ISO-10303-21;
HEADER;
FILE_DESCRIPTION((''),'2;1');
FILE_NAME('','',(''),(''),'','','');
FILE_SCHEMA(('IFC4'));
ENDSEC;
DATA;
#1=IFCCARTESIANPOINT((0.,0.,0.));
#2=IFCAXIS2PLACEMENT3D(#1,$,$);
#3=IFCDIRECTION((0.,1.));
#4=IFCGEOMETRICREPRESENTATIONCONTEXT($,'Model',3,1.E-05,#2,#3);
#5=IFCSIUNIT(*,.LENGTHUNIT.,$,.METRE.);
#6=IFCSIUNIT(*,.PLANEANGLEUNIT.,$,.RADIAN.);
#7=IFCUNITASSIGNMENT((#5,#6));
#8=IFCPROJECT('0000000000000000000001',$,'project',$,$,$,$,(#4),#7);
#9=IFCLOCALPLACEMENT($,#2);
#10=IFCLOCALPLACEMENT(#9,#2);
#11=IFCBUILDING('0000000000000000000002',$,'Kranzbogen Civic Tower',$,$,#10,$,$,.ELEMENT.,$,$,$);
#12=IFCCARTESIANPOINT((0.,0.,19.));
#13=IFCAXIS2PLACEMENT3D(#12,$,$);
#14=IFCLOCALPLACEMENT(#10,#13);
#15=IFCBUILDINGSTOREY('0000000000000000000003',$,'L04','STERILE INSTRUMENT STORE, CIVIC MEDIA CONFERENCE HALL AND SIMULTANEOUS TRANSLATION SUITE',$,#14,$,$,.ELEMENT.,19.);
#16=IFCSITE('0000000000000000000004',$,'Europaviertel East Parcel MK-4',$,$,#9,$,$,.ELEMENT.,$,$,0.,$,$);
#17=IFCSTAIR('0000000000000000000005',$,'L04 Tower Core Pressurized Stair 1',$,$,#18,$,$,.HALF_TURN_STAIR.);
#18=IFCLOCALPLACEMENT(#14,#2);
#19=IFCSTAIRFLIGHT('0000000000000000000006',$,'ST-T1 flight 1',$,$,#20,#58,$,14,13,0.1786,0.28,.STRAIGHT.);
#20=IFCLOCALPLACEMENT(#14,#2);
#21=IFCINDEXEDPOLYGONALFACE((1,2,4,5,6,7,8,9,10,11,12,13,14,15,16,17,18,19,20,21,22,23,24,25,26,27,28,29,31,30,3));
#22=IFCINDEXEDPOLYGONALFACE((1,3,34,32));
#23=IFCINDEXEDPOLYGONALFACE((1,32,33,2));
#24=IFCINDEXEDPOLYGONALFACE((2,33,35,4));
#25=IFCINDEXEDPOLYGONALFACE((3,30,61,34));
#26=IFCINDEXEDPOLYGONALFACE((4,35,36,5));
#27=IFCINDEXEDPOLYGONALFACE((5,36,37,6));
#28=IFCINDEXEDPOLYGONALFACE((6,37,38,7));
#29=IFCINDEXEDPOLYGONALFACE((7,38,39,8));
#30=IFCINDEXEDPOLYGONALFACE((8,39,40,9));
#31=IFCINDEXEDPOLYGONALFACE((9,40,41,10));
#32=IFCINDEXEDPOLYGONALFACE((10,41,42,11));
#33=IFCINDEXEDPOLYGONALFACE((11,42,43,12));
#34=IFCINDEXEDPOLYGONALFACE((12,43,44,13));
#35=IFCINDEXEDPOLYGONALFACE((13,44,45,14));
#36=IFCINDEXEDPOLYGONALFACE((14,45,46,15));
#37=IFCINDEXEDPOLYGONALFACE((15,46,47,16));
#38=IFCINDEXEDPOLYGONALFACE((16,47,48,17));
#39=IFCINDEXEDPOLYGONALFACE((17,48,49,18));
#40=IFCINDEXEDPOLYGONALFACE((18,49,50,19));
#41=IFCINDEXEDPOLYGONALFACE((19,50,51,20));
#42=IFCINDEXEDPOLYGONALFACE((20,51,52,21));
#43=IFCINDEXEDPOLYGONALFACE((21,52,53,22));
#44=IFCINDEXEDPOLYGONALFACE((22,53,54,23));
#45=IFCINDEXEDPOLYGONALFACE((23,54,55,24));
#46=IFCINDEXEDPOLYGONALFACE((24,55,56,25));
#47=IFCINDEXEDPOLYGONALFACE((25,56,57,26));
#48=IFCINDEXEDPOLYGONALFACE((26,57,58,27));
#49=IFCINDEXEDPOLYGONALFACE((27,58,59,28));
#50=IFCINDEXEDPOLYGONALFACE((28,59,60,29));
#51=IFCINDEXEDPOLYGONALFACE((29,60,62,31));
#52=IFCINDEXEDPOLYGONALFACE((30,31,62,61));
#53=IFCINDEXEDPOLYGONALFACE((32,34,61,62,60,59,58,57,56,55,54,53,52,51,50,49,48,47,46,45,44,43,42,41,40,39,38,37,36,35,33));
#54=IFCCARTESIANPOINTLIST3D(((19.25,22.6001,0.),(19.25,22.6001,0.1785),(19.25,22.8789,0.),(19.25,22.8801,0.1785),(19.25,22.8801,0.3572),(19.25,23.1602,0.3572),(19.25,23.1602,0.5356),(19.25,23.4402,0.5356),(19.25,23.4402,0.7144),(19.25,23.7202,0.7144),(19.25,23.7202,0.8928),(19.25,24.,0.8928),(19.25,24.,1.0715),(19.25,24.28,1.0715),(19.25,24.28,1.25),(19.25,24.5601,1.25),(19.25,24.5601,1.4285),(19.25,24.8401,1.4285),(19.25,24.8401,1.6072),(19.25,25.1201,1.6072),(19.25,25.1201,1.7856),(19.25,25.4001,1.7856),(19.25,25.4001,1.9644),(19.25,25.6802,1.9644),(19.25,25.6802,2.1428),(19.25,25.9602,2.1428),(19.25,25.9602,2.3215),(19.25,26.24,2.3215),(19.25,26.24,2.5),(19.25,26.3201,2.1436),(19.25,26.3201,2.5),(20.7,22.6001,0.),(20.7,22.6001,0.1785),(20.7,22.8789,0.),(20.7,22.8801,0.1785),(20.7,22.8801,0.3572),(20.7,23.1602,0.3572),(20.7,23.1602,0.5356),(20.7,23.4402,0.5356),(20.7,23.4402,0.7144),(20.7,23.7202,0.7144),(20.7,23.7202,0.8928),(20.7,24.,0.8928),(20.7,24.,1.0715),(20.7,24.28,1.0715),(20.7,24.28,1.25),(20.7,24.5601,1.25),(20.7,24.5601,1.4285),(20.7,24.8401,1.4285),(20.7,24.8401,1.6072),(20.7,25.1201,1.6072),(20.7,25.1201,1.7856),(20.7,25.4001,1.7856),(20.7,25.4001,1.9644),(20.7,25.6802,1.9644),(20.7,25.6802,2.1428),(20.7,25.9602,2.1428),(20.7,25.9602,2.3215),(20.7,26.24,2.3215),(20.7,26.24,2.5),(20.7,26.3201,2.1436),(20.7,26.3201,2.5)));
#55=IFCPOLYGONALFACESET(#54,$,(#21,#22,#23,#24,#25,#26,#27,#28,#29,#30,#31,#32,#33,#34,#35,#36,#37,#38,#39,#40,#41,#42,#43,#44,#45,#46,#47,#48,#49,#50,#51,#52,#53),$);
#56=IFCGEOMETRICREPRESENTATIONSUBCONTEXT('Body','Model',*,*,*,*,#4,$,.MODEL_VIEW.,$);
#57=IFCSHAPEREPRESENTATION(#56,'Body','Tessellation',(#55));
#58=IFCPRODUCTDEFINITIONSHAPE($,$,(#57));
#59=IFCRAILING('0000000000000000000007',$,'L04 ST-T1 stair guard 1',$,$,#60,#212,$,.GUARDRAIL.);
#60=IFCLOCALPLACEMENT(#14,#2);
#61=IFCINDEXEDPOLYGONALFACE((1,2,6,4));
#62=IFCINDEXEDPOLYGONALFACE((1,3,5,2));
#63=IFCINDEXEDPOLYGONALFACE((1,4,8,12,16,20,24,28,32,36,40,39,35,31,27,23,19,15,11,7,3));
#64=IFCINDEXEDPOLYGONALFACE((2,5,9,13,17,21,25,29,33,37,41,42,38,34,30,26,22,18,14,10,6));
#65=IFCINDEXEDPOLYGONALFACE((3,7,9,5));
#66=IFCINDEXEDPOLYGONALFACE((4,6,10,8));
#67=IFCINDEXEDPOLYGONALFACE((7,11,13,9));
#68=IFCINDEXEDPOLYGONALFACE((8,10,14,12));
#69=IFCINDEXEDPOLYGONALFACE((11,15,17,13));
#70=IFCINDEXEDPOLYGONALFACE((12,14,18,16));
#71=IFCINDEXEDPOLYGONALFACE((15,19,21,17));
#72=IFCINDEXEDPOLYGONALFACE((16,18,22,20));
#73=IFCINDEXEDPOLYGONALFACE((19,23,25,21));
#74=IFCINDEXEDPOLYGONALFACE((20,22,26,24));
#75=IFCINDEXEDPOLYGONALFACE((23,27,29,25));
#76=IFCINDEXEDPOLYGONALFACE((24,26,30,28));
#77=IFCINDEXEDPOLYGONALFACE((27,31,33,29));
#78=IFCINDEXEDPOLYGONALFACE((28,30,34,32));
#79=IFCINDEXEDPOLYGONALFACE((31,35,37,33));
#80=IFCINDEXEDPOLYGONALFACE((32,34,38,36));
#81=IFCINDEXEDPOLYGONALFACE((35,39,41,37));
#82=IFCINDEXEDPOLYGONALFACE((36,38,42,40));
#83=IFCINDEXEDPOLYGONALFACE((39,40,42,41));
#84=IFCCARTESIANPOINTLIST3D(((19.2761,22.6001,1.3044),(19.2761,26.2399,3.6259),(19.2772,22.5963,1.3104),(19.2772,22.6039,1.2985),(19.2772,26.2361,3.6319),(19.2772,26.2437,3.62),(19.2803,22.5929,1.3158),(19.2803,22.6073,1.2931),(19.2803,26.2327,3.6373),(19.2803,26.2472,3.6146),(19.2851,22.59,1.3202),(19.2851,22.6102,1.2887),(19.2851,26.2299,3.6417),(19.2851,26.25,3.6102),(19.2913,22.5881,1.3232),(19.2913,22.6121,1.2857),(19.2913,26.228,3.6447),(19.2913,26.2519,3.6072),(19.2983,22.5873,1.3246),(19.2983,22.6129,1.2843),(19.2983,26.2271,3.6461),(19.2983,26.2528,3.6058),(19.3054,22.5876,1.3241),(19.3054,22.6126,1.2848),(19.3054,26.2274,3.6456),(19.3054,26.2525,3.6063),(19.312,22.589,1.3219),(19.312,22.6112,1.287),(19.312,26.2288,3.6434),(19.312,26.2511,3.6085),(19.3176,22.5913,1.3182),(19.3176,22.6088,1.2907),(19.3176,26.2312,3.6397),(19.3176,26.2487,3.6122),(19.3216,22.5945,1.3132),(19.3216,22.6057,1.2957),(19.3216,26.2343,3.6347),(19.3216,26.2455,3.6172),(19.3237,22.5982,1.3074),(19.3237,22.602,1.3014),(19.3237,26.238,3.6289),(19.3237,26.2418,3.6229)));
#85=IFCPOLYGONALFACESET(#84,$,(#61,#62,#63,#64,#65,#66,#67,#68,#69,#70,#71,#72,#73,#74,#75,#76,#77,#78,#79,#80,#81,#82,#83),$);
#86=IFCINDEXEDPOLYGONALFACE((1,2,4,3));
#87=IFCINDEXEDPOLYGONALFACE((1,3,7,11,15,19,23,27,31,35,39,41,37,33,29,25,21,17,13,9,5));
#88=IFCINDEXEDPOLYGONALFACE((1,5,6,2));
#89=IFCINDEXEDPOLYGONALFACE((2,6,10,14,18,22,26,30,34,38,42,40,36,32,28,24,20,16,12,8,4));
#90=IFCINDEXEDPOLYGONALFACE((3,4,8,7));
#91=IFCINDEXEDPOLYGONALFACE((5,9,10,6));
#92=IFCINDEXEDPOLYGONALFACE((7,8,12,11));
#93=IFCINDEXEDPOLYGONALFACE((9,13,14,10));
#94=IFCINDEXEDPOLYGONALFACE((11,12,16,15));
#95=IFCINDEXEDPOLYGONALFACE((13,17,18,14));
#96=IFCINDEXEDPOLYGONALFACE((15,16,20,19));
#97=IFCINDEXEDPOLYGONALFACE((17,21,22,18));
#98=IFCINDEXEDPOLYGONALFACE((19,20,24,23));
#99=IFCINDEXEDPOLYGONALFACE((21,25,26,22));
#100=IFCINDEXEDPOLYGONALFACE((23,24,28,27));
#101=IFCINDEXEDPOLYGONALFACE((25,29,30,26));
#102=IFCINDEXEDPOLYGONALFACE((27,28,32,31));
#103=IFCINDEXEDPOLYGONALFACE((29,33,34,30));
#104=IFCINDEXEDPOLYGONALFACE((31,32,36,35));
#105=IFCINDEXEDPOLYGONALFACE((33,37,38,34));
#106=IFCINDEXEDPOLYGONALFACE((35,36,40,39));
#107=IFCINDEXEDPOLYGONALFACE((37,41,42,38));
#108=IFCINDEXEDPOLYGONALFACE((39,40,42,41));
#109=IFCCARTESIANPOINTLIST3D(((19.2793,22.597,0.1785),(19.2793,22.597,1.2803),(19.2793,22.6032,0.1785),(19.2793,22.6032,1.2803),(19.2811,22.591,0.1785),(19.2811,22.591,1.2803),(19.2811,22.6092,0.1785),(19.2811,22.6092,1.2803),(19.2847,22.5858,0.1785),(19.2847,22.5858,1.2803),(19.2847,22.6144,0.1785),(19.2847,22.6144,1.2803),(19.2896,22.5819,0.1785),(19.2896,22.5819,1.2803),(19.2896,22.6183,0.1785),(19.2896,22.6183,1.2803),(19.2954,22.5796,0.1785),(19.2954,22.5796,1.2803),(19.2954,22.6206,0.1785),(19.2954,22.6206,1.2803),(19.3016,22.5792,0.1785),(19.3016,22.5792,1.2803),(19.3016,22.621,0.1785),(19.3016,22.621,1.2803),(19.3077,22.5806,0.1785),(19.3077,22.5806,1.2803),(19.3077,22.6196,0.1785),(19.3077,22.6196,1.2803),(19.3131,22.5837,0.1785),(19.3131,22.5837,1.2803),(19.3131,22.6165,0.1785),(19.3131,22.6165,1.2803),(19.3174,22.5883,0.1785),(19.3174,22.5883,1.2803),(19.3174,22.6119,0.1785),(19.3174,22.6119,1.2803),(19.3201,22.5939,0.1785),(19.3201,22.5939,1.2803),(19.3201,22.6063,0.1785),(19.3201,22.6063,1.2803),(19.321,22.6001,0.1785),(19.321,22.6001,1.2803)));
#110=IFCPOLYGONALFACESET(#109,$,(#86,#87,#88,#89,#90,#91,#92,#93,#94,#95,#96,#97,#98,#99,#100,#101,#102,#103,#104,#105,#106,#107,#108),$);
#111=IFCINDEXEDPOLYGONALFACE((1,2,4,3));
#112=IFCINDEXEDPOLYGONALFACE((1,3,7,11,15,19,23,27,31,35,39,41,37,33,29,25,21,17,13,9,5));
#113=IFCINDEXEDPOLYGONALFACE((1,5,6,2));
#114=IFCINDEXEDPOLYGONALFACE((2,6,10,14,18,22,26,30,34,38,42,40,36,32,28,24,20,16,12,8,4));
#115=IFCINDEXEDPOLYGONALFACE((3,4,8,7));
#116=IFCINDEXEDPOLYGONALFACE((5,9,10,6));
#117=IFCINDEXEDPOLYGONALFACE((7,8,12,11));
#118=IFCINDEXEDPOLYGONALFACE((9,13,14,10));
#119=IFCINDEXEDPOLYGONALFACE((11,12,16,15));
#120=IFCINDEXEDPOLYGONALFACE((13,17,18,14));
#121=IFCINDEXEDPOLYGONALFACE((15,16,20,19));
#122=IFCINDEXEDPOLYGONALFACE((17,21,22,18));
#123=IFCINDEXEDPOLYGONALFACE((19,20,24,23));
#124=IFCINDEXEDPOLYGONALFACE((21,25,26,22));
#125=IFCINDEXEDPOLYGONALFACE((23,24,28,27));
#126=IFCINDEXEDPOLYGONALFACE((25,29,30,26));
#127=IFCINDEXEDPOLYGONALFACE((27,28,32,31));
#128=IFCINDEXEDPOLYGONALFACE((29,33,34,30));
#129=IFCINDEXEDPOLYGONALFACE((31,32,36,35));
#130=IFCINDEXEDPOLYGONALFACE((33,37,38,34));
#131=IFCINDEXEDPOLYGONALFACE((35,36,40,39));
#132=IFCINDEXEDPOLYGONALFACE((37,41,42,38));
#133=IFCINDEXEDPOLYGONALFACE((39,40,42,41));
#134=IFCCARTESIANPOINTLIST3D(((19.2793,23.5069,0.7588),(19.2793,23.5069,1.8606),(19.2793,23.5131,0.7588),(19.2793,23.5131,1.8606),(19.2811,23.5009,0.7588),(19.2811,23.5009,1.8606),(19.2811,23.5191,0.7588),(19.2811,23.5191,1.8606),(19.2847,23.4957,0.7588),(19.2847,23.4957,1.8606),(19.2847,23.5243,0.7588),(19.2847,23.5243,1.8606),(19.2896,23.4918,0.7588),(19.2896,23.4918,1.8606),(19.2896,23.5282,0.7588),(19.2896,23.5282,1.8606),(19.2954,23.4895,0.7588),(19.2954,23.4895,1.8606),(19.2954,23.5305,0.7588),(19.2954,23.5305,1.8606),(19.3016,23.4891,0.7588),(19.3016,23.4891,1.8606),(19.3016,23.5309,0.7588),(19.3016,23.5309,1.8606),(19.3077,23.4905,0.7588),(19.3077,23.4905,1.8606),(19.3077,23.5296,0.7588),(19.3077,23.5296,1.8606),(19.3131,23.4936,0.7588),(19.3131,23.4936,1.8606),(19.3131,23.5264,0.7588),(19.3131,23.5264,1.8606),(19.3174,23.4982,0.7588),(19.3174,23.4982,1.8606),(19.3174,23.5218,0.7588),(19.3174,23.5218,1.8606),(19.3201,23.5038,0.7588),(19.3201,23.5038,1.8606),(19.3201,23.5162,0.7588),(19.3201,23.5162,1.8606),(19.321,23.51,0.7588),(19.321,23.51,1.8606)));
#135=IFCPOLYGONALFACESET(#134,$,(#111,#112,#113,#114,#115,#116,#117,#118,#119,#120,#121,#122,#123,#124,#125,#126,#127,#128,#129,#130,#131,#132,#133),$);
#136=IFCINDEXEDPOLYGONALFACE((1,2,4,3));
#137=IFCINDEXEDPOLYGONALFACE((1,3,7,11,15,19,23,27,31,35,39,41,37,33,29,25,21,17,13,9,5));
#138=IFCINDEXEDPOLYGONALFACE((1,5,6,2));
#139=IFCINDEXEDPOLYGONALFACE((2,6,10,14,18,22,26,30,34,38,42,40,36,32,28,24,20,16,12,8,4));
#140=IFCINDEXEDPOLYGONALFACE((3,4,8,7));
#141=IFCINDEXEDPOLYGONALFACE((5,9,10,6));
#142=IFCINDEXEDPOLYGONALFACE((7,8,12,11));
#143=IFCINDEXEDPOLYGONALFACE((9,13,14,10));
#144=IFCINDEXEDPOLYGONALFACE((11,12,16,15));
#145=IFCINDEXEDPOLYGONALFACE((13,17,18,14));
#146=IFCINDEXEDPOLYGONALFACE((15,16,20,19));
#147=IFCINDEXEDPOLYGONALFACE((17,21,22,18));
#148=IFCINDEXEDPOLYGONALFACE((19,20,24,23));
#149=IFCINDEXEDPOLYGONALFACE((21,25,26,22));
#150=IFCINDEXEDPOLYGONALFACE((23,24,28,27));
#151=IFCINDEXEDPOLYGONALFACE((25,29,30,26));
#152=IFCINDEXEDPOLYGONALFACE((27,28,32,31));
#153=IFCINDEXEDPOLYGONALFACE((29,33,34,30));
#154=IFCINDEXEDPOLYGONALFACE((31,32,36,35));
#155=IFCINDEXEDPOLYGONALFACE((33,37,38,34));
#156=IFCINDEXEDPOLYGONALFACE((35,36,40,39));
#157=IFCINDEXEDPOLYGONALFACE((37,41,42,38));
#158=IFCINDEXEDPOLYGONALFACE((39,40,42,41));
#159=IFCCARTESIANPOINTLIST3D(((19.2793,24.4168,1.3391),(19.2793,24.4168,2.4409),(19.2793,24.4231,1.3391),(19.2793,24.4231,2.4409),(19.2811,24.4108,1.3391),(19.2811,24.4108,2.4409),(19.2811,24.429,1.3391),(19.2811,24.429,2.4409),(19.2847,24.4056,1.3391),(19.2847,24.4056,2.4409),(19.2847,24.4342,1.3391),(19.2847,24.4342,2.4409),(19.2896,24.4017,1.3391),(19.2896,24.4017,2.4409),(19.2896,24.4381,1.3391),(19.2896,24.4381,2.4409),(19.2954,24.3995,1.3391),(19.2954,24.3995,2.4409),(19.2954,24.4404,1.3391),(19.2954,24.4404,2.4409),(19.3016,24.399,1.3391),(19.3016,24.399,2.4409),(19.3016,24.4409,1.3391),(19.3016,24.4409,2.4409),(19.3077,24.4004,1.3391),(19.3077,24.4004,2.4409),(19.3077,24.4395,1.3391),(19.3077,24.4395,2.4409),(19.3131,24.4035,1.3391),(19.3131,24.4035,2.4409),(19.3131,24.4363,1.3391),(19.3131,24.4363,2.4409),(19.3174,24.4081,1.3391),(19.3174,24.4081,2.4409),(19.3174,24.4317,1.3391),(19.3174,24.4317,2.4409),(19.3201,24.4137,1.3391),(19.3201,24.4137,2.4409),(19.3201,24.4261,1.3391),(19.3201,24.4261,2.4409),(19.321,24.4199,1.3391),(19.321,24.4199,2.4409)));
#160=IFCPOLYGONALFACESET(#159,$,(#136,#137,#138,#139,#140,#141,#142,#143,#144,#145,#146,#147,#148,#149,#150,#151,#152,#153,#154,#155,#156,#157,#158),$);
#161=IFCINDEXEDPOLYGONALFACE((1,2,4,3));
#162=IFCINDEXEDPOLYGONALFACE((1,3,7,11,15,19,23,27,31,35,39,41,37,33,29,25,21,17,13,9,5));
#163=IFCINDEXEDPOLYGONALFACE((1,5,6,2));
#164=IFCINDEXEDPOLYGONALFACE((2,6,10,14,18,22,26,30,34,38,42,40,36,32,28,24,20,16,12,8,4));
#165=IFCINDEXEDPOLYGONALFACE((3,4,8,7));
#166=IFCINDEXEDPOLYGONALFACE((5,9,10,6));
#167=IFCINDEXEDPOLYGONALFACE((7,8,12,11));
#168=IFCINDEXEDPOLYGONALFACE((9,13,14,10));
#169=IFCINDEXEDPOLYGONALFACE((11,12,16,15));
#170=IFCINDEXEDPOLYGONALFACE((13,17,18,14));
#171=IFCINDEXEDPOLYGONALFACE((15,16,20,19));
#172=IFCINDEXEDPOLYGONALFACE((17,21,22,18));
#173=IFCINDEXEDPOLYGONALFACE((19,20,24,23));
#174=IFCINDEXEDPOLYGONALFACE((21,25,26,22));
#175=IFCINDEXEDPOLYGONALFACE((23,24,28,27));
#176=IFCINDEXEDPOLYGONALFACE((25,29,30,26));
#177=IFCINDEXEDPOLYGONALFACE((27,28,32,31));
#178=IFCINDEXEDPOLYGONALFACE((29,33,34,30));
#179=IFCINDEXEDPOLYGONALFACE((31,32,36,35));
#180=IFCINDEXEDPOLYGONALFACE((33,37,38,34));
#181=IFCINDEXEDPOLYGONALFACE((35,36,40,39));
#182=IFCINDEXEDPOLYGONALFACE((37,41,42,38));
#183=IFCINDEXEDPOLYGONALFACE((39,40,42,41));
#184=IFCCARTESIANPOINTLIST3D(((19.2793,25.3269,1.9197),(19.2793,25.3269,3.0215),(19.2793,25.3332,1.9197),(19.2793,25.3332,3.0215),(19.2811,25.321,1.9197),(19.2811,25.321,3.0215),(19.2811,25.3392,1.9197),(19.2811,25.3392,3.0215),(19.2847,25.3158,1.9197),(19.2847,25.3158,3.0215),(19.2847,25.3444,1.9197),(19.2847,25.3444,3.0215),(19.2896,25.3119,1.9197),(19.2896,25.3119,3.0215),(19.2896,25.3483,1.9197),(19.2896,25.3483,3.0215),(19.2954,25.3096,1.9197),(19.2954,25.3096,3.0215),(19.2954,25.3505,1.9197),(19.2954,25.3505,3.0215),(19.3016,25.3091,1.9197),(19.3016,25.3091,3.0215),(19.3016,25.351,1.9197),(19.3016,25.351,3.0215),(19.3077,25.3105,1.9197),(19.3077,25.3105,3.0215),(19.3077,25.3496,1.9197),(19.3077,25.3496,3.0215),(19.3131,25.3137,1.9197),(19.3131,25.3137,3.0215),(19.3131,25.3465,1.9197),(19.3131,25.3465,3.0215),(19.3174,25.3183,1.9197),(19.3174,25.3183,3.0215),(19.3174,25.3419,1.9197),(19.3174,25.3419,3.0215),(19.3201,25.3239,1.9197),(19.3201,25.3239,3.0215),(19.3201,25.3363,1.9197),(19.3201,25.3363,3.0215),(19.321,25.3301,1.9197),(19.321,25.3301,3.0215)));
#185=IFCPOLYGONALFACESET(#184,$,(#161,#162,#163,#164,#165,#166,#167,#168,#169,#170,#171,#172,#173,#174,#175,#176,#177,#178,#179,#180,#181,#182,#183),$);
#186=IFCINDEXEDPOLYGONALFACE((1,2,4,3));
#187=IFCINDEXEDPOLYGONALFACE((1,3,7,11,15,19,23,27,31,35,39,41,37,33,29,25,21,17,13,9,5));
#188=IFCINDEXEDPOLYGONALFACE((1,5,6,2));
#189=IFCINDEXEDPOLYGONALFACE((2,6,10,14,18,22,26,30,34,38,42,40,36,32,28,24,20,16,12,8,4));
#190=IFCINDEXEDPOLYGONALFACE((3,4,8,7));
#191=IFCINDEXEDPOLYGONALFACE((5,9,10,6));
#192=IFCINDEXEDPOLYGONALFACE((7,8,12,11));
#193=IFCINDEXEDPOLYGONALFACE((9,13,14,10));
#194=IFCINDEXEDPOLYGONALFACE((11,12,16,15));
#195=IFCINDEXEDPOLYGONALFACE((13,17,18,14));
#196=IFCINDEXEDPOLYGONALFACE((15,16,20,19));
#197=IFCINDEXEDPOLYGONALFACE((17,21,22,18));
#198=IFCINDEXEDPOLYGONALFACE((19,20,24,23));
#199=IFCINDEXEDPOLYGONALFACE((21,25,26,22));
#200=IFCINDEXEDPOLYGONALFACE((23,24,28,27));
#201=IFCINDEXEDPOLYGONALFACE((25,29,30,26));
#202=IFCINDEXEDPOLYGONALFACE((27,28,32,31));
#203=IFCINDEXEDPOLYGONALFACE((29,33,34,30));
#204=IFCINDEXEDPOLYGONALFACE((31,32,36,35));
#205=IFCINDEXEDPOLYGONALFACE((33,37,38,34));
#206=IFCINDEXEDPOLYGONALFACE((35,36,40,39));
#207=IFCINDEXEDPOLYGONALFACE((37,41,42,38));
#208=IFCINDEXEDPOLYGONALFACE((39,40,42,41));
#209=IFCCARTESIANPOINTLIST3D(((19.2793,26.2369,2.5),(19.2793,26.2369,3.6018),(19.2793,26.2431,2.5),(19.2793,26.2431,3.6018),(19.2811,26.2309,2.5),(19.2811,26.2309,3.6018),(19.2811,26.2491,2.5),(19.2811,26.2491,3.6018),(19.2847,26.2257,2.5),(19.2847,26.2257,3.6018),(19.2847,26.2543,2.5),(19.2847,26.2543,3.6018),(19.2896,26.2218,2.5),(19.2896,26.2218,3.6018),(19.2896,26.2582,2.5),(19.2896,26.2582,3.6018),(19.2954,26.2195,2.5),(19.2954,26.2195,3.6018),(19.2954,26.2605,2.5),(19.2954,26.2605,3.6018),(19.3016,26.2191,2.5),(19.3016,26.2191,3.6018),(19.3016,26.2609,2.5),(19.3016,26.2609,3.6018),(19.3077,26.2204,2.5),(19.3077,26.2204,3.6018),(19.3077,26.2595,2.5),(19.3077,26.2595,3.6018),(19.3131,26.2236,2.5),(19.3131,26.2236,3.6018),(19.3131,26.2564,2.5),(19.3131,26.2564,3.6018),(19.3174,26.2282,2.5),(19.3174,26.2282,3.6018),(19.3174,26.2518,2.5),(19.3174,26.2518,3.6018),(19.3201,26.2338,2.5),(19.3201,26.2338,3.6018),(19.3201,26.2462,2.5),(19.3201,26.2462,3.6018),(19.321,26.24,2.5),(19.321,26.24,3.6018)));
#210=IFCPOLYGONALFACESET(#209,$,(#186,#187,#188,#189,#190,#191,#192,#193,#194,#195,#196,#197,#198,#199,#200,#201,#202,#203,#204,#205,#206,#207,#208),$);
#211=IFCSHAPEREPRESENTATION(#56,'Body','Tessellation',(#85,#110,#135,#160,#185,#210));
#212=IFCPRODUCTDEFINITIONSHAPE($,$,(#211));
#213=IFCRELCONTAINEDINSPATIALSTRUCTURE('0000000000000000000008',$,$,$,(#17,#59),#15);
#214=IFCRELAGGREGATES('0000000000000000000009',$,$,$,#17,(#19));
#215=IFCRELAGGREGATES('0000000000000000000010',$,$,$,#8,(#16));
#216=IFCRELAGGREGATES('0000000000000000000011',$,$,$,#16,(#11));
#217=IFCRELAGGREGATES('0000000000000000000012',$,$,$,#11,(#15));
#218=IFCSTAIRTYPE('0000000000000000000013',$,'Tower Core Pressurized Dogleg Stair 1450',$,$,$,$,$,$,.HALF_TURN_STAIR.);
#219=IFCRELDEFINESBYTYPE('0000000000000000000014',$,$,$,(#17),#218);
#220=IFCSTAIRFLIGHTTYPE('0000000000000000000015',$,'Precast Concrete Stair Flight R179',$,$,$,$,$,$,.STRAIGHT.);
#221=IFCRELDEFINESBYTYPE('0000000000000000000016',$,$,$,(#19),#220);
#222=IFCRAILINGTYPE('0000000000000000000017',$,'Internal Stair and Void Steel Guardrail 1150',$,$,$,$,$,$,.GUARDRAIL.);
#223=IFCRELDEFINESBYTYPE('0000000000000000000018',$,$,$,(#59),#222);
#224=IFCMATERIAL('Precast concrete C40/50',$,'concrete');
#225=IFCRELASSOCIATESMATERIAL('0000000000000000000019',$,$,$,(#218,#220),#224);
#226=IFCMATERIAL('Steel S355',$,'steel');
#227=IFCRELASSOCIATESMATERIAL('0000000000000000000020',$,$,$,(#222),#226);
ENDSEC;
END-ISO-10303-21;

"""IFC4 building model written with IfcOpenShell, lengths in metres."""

from ifc_helpers import new_model, si_unit, direction, frame, origin, origin_2d, place, context, subcontext, project, spatial, polyline, circle, outline, extrude, material, type_object, element, aggregate, save


model = new_model("IFC4")

# Units and contexts
model_context = context("Model", 3, precision=1e-05, world=origin(), true_north=direction((0.0, 1.0)))
body_context = subcontext(model_context, "Body", "Model", "MODEL_VIEW")
ifc_project = project(units=[si_unit("LENGTHUNIT", "METRE"), si_unit("PLANEANGLEUNIT", "RADIAN")], contexts=[model_context])

# Site, building, storey
site_placement = place(None, origin())
site = spatial("IfcSite", under=ifc_project, at=site_placement, Name="Europaviertel East Parcel MK-4", CompositionType="ELEMENT", RefElevation=0.0)
building_placement = place(site_placement, origin())
building = spatial("IfcBuilding", under=site, at=building_placement, Name="Kranzbogen Civic Tower", CompositionType="ELEMENT")
storey_placement = place(building_placement, frame((0.0, 0.0, 19.0)))
storey = spatial("IfcBuildingStorey", under=building, at=storey_placement, Name="L04", Description="STERILE INSTRUMENT STORE, CIVIC MEDIA CONFERENCE HALL AND SIMULTANEOUS TRANSLATION SUITE", CompositionType="ELEMENT", Elevation=19.0)

# Shared definitions
ifc_material_1 = material(Name="Steel S355", Category="steel")

# Stair, stair flight
ifc_material_2 = material(Name="Precast concrete C40/50", Category="concrete")
stair_type = type_object("IfcStairType", Name="Tower Core Pressurized Dogleg Stair 1450", PredefinedType="HALF_TURN_STAIR", material=ifc_material_2)
stair_placement = place(storey_placement, origin())
stair = element("IfcStair", 1, at=stair_placement, inside=storey, type_object=stair_type, Name="L04 Tower Core Pressurized Stair 1", PredefinedType="HALF_TURN_STAIR")
stair_flight_type = type_object("IfcStairFlightType", Name="Precast Concrete Stair Flight R179", PredefinedType="STRAIGHT", material=ifc_material_2)
stair_flight_placement = place(storey_placement, frame((19.9751, 22.6001, 0.0), z_axis=(0.0, 0.0, 1.0), x_axis=(0.0, 1.0, 0.0)))
stair_flight = element("IfcStairFlight", 2, at=stair_flight_placement, type_object=stair_flight_type, Name="ST-T1 flight 1", NumberOfRisers=14, NumberOfTreads=13, PredefinedType="STRAIGHT", RiserHeight=0.1786, TreadLength=0.28, context=body_context, shape_type="SweptSolid", body=[
    extrude(outline(polyline([(0.0, 0.0), (0.0, 0.1785), (0.28, 0.1785), (0.28, 0.3572), (0.5601, 0.3572), (0.5601, 0.5356), (0.8401, 0.5356), (0.8401, 0.7144), (1.1201, 0.7144), (1.1201, 0.8928), (1.3999, 0.8928), (1.3999, 1.0715), (1.6799, 1.0715), (1.6799, 1.25), (1.96, 1.25), (1.96, 1.4285), (2.24, 1.4285), (2.24, 1.6072), (2.52, 1.6072), (2.52, 1.7856), (2.8, 1.7856), (2.8, 1.9644), (3.0801, 1.9644), (3.0801, 2.1428), (3.3601, 2.1428), (3.3601, 2.3215), (3.6399, 2.3215), (3.6399, 2.5), (3.72, 2.5), (3.72, 2.1436), (0.2788, 0.0), (0.0, 0.0)])), frame((0.0, 0.7251, 0.0), z_axis=(0.0, -1.0, 0.0), x_axis=(1.0, 0.0, 0.0)), (0.0, 0.0, 1.0), 1.45),
])
aggregate(stair, [stair_flight])

# Railing
railing_type_1 = type_object("IfcRailingType", Name="Internal Stair and Void Steel Guardrail 1150", PredefinedType="GUARDRAIL", material=ifc_material_1)
railing_1_placement = place(storey_placement, frame((19.3, 22.6001, 0.1785)))
element("IfcRailing", 3, at=railing_1_placement, inside=storey, type_object=railing_type_1, Name="L04 ST-T1 stair guard 1", PredefinedType="GUARDRAIL", context=body_context, shape_type="SweptSolid", body=[
    extrude(circle(Radius=0.0239, at=origin_2d()), frame((0.0, 0.0, 1.126), z_axis=(0.0, 0.843112, 0.537739), x_axis=(-1.0, 0.0, 0.0)), (0.0, 0.0, 1.0), 4.3171),
    extrude(circle(Radius=0.021, at=origin_2d()), origin(), (0.0, 0.0, 1.0), 1.1018),
    extrude(circle(Radius=0.021, at=origin_2d()), frame((0.0, 0.9099, 0.5803)), (0.0, 0.0, 1.0), 1.1018),
    extrude(circle(Radius=0.021, at=origin_2d()), frame((0.0, 1.8198, 1.1606)), (0.0, 0.0, 1.0), 1.1018),
    extrude(circle(Radius=0.021, at=origin_2d()), frame((0.0, 2.73, 1.7412)), (0.0, 0.0, 1.0), 1.1018),
    extrude(circle(Radius=0.021, at=origin_2d()), frame((0.0, 3.6399, 2.3215)), (0.0, 0.0, 1.0), 1.1018),
])

save(model, "model.ifc")
